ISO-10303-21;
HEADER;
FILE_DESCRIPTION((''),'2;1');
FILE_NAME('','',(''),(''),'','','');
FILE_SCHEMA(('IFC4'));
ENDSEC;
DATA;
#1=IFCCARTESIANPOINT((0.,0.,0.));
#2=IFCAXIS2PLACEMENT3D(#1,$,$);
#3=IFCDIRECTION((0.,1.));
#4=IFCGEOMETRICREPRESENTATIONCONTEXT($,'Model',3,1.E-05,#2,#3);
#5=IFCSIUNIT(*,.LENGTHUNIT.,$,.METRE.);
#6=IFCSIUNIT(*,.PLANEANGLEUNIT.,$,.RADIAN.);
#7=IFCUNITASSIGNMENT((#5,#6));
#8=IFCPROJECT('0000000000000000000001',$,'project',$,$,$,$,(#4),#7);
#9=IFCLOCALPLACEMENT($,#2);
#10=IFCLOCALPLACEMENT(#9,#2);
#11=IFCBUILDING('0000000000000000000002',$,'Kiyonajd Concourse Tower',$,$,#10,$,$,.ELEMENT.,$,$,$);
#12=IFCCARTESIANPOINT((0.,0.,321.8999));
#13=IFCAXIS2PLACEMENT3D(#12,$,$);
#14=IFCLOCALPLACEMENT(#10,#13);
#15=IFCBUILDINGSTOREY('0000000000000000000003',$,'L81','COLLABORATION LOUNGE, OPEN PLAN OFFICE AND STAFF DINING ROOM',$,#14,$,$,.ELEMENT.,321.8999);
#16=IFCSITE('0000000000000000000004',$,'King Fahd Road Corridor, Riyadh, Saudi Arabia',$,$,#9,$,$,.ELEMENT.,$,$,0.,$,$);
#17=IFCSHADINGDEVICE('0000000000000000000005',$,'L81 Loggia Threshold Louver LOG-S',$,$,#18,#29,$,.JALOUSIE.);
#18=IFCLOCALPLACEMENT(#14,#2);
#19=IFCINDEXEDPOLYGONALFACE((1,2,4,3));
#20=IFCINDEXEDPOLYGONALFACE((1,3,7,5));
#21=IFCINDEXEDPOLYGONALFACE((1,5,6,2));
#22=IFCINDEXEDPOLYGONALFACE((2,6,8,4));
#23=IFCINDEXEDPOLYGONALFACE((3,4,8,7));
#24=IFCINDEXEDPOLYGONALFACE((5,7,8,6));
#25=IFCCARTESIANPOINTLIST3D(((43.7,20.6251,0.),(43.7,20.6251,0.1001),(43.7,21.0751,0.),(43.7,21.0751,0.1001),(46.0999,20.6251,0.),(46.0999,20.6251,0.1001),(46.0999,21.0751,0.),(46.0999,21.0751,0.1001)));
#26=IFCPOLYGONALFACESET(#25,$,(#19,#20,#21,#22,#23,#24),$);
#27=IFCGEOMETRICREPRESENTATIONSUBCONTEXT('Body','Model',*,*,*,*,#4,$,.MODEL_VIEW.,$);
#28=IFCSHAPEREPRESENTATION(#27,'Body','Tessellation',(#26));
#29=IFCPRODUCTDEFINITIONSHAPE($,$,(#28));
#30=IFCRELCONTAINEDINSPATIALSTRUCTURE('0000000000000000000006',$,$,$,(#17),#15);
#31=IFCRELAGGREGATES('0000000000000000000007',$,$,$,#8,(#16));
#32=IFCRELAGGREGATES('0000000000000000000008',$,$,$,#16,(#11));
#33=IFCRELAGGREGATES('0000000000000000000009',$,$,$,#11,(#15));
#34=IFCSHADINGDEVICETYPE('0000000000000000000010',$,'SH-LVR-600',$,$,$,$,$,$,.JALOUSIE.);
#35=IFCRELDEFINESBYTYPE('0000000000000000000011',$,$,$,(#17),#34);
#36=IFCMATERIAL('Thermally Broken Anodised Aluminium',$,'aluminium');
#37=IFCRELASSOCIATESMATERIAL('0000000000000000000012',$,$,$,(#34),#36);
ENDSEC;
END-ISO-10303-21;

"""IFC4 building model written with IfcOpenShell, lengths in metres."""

from ifc_helpers import new_model, si_unit, direction, frame, origin, origin_2d, place, context, subcontext, project, spatial, rectangle, extrude, material, type_object, element, save


model = new_model("IFC4")

# Units and contexts
model_context = context("Model", 3, precision=1e-05, world=origin(), true_north=direction((0.0, 1.0)))
body_context = subcontext(model_context, "Body", "Model", "MODEL_VIEW")
ifc_project = project(units=[si_unit("LENGTHUNIT", "METRE"), si_unit("PLANEANGLEUNIT", "RADIAN")], contexts=[model_context])

# Site, building, storey
site_placement = place(None, origin())
site = spatial("IfcSite", under=ifc_project, at=site_placement, Name="King Fahd Road Corridor, Riyadh, Saudi Arabia", CompositionType="ELEMENT", RefElevation=0.0)
building_placement = place(site_placement, origin())
building = spatial("IfcBuilding", under=site, at=building_placement, Name="Kiyonajd Concourse Tower", CompositionType="ELEMENT")
storey_placement = place(building_placement, frame((0.0, 0.0, 321.8999)))
storey = spatial("IfcBuildingStorey", under=building, at=storey_placement, Name="L81", Description="COLLABORATION LOUNGE, OPEN PLAN OFFICE AND STAFF DINING ROOM", CompositionType="ELEMENT", Elevation=321.8999)

# Shared definitions
ifc_material_1 = material(Name="Thermally Broken Anodised Aluminium", Category="aluminium")

# Shading device
shading_device_type_1 = type_object("IfcShadingDeviceType", Name="SH-LVR-600", PredefinedType="JALOUSIE", material=ifc_material_1)
shading_device_1_placement = place(storey_placement, frame((44.8999, 20.8501, 0.0), z_axis=(0.0, 0.0, 1.0), x_axis=(1.0, 0.0, 0.0)))
element("IfcShadingDevice", 1, at=shading_device_1_placement, inside=storey, type_object=shading_device_type_1, Name="L81 Loggia Threshold Louver LOG-S", PredefinedType="JALOUSIE", context=body_context, shape_type="SweptSolid", body=[
    extrude(rectangle(XDim=2.3999, YDim=0.45, at=origin_2d()), origin(), (0.0, 0.0, 1.0), 0.1001),
])

save(model, "model.ifc")
